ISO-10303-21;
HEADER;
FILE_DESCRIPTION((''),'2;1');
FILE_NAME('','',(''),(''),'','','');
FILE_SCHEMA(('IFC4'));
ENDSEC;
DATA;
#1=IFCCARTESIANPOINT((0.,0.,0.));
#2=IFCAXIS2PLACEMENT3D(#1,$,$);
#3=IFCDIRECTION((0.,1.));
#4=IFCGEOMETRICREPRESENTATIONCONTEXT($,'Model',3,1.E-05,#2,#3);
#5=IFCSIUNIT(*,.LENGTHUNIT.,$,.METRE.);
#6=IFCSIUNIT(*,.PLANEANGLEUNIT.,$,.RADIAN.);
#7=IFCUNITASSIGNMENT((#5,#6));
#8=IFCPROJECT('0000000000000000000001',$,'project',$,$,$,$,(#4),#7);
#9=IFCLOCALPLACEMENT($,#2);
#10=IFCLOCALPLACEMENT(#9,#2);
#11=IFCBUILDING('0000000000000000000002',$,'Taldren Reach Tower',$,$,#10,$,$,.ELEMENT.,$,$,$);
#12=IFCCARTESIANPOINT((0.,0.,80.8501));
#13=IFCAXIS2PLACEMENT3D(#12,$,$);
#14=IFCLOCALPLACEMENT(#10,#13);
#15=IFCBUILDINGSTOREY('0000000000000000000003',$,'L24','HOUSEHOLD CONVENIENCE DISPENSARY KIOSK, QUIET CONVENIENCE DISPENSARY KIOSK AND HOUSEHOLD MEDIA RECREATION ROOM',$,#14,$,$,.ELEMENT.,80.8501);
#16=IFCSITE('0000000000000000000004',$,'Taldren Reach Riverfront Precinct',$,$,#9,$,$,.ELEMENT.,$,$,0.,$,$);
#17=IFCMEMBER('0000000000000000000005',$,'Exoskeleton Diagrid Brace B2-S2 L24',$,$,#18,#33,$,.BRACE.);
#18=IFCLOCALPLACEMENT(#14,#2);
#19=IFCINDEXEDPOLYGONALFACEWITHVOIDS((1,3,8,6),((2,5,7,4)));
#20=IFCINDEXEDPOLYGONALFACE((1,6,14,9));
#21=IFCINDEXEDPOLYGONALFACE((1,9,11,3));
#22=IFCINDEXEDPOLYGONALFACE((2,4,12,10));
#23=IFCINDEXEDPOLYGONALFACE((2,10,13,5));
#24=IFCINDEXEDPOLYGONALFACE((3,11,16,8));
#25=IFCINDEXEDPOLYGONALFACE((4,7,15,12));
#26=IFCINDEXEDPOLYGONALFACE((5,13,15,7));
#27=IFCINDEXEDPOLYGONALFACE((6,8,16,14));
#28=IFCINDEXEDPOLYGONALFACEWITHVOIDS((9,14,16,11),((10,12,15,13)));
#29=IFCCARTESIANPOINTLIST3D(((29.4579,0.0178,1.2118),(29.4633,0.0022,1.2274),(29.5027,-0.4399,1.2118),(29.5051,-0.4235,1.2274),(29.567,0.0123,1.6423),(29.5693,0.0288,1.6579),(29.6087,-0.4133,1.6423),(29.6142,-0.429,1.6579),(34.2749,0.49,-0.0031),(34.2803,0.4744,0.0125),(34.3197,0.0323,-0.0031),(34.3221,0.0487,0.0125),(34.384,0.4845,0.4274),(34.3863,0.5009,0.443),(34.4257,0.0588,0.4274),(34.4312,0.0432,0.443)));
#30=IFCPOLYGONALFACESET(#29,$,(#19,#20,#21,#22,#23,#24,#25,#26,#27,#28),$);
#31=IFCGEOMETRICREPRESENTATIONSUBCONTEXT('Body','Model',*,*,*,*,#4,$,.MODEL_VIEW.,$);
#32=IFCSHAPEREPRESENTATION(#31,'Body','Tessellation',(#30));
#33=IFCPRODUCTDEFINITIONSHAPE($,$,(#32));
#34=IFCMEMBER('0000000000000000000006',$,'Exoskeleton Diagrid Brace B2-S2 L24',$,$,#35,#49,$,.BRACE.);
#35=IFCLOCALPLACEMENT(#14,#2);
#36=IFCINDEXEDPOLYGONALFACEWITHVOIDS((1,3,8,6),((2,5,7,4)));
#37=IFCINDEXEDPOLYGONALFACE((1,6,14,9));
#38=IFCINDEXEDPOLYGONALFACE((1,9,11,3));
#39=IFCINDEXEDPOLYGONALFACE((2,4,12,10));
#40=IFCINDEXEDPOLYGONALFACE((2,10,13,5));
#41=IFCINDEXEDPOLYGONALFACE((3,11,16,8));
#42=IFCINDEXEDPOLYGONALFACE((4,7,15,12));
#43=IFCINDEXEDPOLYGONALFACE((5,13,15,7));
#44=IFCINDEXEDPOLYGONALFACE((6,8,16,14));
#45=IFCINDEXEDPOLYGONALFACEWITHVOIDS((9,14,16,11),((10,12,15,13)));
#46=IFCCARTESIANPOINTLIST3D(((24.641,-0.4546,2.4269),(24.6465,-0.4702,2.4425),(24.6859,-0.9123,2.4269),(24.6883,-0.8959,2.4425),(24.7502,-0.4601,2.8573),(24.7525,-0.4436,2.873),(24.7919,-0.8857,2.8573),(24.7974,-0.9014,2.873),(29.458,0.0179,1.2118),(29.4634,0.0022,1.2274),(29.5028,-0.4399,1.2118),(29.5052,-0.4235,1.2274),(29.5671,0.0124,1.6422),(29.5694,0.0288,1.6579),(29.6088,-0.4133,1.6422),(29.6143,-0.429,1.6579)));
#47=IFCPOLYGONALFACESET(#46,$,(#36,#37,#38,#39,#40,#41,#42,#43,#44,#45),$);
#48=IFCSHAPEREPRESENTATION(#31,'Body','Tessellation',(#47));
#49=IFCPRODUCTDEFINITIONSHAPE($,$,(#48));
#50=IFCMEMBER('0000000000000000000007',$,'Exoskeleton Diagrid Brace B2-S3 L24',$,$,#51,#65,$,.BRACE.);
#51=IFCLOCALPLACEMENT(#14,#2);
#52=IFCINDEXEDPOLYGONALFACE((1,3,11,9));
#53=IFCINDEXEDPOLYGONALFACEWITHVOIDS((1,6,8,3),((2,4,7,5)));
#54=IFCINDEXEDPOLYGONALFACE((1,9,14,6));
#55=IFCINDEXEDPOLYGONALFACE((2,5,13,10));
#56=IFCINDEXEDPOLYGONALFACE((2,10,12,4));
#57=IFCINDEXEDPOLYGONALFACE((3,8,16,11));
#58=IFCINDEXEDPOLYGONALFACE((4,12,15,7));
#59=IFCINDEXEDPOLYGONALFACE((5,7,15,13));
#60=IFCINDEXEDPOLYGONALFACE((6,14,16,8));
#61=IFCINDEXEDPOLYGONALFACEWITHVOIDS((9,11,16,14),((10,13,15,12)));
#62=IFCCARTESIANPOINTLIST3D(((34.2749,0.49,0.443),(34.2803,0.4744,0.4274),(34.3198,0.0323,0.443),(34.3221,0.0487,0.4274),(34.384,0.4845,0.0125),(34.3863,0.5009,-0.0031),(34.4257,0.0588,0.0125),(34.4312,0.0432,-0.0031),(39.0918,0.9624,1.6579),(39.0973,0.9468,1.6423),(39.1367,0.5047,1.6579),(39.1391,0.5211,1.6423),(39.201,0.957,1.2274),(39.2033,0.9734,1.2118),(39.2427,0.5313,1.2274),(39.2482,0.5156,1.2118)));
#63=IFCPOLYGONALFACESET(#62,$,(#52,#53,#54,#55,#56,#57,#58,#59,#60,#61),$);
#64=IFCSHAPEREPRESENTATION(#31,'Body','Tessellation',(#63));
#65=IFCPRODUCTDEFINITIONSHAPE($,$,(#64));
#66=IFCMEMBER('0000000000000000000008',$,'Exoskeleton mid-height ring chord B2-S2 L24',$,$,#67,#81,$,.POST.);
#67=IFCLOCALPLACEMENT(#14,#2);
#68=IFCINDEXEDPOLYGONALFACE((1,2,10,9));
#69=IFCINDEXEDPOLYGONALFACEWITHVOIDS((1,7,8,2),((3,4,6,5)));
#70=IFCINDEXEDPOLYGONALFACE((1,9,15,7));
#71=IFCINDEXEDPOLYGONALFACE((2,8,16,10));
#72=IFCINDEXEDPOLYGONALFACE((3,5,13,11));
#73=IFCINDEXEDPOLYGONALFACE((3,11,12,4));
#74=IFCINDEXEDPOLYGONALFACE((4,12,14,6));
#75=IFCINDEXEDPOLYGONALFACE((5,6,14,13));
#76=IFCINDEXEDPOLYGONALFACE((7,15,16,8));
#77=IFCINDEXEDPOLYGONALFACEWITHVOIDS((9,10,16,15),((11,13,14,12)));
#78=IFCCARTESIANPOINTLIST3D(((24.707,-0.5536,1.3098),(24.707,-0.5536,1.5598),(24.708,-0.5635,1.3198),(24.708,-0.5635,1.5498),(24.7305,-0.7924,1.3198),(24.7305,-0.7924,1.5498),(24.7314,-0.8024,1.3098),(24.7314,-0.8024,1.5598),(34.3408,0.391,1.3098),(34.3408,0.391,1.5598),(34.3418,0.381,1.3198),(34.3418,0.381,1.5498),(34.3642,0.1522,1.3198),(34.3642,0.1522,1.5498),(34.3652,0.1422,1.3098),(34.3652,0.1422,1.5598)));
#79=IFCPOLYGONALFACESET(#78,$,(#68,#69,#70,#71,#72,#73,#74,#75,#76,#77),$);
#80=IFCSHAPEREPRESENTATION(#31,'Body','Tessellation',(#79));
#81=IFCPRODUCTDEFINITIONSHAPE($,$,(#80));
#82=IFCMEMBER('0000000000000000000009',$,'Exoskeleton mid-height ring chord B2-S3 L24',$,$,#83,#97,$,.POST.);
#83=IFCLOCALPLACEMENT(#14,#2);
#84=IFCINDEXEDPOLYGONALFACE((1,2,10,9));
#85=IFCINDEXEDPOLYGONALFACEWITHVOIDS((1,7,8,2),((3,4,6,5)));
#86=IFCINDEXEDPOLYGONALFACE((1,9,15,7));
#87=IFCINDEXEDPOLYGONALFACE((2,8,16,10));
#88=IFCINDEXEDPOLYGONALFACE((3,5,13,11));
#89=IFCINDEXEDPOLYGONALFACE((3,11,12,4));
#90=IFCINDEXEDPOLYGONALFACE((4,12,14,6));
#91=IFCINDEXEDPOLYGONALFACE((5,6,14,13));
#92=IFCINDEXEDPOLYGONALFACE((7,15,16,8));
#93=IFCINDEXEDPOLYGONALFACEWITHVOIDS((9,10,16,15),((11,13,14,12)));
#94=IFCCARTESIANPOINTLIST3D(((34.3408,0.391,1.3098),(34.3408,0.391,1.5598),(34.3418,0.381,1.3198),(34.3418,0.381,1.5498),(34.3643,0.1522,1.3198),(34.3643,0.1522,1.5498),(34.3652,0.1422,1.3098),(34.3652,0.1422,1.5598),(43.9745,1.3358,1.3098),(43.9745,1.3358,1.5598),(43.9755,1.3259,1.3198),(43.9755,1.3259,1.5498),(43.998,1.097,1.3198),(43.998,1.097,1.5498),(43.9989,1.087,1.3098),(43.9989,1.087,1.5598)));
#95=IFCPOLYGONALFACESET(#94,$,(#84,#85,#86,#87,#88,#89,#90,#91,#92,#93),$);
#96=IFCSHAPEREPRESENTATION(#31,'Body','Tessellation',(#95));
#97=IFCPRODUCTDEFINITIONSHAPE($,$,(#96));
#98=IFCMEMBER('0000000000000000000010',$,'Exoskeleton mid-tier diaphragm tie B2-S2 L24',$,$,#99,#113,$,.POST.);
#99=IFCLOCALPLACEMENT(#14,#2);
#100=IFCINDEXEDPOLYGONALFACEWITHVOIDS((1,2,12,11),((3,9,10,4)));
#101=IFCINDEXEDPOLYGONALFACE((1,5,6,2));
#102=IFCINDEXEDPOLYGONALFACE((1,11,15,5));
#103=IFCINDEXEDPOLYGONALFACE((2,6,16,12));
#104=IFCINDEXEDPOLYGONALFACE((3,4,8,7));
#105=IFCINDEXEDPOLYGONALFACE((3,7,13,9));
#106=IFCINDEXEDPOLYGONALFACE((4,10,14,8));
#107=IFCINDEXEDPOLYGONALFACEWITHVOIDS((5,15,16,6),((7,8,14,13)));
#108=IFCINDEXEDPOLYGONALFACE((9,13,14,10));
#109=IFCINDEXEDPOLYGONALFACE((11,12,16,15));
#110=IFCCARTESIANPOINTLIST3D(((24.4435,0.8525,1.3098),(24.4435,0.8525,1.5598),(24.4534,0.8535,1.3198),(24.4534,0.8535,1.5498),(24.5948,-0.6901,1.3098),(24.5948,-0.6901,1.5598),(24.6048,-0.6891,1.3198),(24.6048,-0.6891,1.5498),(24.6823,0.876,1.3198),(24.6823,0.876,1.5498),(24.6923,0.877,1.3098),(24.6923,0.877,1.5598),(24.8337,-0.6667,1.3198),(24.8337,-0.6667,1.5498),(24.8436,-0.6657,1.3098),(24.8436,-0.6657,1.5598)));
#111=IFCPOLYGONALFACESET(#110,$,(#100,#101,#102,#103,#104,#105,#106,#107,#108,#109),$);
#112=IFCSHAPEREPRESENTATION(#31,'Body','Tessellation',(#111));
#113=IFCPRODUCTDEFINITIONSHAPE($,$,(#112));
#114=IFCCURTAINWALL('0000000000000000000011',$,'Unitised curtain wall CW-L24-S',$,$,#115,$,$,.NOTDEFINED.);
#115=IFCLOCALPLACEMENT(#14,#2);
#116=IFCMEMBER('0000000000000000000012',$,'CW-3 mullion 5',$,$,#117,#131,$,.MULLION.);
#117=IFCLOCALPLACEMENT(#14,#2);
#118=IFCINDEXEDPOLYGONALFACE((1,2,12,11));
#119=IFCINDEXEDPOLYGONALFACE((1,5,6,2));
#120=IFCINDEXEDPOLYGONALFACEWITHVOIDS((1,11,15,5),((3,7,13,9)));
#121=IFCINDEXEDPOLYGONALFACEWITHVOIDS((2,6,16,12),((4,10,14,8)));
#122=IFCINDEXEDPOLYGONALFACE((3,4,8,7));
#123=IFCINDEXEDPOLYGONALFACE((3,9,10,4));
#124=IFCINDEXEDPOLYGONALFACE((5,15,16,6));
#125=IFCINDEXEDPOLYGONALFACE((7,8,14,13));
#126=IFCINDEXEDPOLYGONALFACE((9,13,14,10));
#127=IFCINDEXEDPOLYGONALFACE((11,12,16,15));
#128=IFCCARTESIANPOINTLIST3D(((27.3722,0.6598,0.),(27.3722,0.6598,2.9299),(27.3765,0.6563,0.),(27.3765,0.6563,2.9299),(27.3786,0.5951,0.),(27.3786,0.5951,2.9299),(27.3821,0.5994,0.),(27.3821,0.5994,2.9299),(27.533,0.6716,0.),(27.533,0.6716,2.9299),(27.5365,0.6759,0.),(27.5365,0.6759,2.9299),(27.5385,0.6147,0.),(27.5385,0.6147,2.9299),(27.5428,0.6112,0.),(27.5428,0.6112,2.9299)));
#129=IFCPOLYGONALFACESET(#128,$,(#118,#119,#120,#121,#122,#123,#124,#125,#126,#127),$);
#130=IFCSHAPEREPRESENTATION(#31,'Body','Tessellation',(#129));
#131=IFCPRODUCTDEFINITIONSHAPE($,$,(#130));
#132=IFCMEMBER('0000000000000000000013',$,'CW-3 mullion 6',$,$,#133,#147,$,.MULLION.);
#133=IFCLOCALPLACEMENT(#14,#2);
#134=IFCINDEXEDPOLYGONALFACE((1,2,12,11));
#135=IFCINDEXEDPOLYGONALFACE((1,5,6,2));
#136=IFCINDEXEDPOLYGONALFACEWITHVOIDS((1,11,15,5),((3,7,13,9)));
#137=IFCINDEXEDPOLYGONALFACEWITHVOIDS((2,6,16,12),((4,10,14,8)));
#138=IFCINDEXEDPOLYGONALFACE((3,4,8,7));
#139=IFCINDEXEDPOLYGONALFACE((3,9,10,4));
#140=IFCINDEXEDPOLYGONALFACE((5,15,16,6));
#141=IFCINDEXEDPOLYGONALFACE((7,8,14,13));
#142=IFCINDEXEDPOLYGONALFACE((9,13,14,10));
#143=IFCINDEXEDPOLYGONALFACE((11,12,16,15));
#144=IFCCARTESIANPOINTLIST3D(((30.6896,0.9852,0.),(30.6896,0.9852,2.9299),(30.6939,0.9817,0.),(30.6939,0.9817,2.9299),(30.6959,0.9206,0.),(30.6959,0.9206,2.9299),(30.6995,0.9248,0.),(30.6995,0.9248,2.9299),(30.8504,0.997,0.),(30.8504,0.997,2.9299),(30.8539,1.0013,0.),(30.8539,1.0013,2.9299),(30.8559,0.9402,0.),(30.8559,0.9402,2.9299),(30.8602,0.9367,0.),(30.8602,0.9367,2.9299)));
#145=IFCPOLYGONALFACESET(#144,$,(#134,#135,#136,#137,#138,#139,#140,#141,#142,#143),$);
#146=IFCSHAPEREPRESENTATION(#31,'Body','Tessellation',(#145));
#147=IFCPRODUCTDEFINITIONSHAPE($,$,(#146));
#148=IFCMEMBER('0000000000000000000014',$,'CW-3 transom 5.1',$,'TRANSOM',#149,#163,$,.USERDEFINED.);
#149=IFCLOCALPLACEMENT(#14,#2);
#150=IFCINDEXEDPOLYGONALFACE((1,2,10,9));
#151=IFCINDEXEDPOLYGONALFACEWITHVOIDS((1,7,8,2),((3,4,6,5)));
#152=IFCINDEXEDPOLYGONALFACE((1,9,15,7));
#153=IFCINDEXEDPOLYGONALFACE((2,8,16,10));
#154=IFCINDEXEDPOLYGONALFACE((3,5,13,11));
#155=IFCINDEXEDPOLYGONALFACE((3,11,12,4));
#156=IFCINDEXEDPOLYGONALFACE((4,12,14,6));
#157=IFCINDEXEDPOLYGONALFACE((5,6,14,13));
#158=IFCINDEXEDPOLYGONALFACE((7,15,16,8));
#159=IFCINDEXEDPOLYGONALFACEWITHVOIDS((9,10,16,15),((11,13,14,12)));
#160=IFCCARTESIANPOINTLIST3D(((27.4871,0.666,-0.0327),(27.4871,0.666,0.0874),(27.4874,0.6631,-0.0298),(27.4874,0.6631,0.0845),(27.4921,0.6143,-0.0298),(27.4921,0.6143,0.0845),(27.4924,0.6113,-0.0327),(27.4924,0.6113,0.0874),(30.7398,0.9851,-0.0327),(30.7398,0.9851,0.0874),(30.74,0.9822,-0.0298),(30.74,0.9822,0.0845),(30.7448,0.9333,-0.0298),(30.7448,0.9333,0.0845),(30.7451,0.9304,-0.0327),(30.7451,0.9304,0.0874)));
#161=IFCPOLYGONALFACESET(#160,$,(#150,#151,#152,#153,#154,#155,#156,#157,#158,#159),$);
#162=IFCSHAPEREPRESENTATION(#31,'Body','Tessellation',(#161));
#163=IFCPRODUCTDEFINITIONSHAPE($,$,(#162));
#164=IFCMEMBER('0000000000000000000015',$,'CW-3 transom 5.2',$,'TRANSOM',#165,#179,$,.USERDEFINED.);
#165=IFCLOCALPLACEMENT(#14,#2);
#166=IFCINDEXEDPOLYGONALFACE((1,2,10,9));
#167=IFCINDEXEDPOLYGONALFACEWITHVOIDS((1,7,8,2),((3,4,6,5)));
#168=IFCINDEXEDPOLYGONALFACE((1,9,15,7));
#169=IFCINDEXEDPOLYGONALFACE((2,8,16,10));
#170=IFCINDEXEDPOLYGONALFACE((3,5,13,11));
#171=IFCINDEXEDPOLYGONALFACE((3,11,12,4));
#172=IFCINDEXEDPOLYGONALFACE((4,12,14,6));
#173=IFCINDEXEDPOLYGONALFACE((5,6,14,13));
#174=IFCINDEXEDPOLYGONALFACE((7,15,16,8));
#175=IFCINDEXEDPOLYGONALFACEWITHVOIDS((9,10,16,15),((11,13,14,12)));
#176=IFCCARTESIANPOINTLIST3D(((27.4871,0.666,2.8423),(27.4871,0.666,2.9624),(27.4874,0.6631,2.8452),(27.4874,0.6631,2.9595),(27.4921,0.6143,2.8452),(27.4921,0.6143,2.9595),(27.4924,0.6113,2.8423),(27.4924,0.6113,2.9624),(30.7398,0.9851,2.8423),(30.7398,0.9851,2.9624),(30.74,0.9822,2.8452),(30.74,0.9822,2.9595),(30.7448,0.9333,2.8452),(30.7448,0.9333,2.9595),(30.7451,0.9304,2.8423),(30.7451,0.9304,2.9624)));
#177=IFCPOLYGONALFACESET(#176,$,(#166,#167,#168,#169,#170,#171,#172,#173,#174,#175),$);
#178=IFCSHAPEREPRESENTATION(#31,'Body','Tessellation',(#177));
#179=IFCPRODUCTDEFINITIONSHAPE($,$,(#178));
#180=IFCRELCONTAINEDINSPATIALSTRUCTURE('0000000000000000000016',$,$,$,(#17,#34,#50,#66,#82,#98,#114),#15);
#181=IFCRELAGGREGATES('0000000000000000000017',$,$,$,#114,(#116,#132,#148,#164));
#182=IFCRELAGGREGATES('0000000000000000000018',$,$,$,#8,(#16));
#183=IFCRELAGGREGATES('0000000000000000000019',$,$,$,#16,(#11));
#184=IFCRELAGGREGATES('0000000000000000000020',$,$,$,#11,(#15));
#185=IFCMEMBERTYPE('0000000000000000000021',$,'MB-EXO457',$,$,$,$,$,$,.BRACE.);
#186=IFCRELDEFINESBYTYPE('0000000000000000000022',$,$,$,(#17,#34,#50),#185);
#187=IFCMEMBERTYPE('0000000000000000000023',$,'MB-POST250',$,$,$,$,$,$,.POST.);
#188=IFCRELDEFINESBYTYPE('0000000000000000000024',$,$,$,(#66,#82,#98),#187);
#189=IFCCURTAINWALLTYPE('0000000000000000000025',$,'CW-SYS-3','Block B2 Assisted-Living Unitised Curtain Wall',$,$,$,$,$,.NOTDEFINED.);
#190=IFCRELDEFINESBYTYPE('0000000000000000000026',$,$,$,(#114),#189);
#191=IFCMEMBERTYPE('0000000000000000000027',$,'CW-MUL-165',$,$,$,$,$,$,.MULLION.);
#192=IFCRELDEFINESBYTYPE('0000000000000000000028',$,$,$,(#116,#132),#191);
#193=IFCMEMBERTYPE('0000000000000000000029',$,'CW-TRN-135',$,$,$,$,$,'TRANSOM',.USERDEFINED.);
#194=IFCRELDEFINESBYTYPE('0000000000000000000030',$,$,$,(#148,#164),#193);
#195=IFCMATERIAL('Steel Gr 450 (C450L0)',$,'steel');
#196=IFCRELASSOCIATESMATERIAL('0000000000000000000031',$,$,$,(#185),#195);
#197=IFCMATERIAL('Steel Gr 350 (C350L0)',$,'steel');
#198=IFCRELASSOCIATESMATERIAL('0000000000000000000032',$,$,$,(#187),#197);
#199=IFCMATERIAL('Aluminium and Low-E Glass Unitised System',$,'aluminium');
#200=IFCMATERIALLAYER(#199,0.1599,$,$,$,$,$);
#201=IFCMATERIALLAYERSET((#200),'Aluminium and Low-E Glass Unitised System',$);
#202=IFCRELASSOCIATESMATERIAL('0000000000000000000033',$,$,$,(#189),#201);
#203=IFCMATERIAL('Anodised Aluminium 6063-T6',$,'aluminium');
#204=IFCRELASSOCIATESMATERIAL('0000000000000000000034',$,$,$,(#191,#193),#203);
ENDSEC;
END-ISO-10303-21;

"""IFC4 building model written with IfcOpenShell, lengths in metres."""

from ifc_helpers import new_model, si_unit, direction, frame, origin, origin_2d, place, context, subcontext, project, spatial, hollow_rectangle, extrude, source, transform, mapped, material, layer, layer_set, material_profile, profile_set, type_object, element, aggregate, save


model = new_model("IFC4")

# Units and contexts
model_context = context("Model", 3, precision=1e-05, world=origin(), true_north=direction((0.0, 1.0)))
body_context = subcontext(model_context, "Body", "Model", "MODEL_VIEW")
ifc_project = project(units=[si_unit("LENGTHUNIT", "METRE"), si_unit("PLANEANGLEUNIT", "RADIAN")], contexts=[model_context])

# Site, building, storey
site_placement = place(None, origin())
site = spatial("IfcSite", under=ifc_project, at=site_placement, Name="Taldren Reach Riverfront Precinct", CompositionType="ELEMENT", RefElevation=0.0)
building_placement = place(site_placement, origin())
building = spatial("IfcBuilding", under=site, at=building_placement, Name="Taldren Reach Tower", CompositionType="ELEMENT")
storey_placement = place(building_placement, frame((0.0, 0.0, 80.8501)))
storey = spatial("IfcBuildingStorey", under=building, at=storey_placement, Name="L24", Description="HOUSEHOLD CONVENIENCE DISPENSARY KIOSK, QUIET CONVENIENCE DISPENSARY KIOSK AND HOUSEHOLD MEDIA RECREATION ROOM", CompositionType="ELEMENT", Elevation=80.8501)

# Members
ifc_material_1 = material(Name="Steel Gr 450 (C450L0)", Category="steel")
ifc_material_profile_1 = material_profile(ifc_material_1, hollow_rectangle(XDim=0.46, YDim=0.46, WallThickness=0.0161, at=origin_2d()), Name="460x460x16.0SHS")
ifc_profile_set_1 = profile_set([ifc_material_profile_1], Name="Steel Gr 450 (C450L0)")
member_type_1 = type_object("IfcMemberType", Name="MB-EXO457", PredefinedType="BRACE", material=ifc_profile_set_1)
shared_shape_1 = source(origin(), body_context, "Body", "SweptSolid", [
    extrude(hollow_rectangle(XDim=0.46, YDim=0.46, WallThickness=0.0161, at=origin_2d()), origin(), (0.0, 0.0, 1.0), 4.9902),
])
for number, where, z_axis, x_axis, name in (
    (1, (34.353, 0.2666, 0.22), (-0.965287, -0.094621, 0.24345), (0.097556, -0.99523, 0.0), "Exoskeleton Diagrid Brace B2-S2 L24"),
    (2, (29.5361, -0.2056, 1.4348), (-0.965271, -0.094668, 0.243495), (0.097606, -0.995225, 0.0), "Exoskeleton Diagrid Brace B2-S2 L24"),
    (3, (34.353, 0.2666, 0.22), (0.965283, 0.094669, 0.243449), (-0.097606, 0.995225, 0.0), "Exoskeleton Diagrid Brace B2-S3 L24"),
):
    element("IfcMember", number, at=place(storey_placement, frame(where, z_axis=z_axis, x_axis=x_axis)), inside=storey, type_object=member_type_1, Name=name, PredefinedType="BRACE", context=body_context, shape_type="MappedRepresentation", body=[
        mapped(shared_shape_1, transform((0.0, 0.0, 0.0), scale=1.0)),
    ])
ifc_material_2 = material(Name="Steel Gr 350 (C350L0)", Category="steel")
ifc_material_profile_2 = material_profile(ifc_material_2, hollow_rectangle(XDim=0.25, YDim=0.25, WallThickness=0.01, at=origin_2d()), Name="250x250x10.0SHS")
ifc_profile_set_2 = profile_set([ifc_material_profile_2], Name="Steel Gr 350 (C350L0)")
member_type_2 = type_object("IfcMemberType", Name="MB-POST250", PredefinedType="POST", material=ifc_profile_set_2)
shared_shape_2 = source(origin(), body_context, "Body", "SweptSolid", [
    extrude(hollow_rectangle(XDim=0.25, YDim=0.25, WallThickness=0.01, at=origin_2d()), origin(), (0.0, 0.0, 1.0), 9.6799),
])
for number, where, z_axis, x_axis, name in (
    (4, (24.7192, -0.678, 1.4348), (0.995228, 0.097581, 0.0), (-0.097581, 0.995228, 0.0), "Exoskeleton mid-height ring chord B2-S2 L24"),
    (5, (34.353, 0.2666, 1.4348), (0.995225, 0.097606, 0.0), (-0.097606, 0.995225, 0.0), "Exoskeleton mid-height ring chord B2-S3 L24"),
):
    element("IfcMember", number, at=place(storey_placement, frame(where, z_axis=z_axis, x_axis=x_axis)), inside=storey, type_object=member_type_2, Name=name, PredefinedType="POST", context=body_context, shape_type="MappedRepresentation", body=[
        mapped(shared_shape_2, transform((0.0, 0.0, 0.0), scale=1.0)),
    ])
shared_shape_3 = source(origin(), body_context, "Body", "SweptSolid", [
    extrude(hollow_rectangle(XDim=0.25, YDim=0.25, WallThickness=0.01, at=origin_2d()), origin(), (0.0, 0.0, 1.0), 1.55),
])
member_1_placement = place(storey_placement, frame((24.5679, 0.8647, 1.4348), z_axis=(0.097648, -0.995221, 0.0), x_axis=(0.995221, 0.097648, 0.0)))
element("IfcMember", 6, at=member_1_placement, inside=storey, type_object=member_type_2, Name="Exoskeleton mid-tier diaphragm tie B2-S2 L24", PredefinedType="POST", context=body_context, shape_type="MappedRepresentation", body=[
    mapped(shared_shape_3, transform((0.0, 0.0, 0.0), scale=1.0)),
])

# Curtain wall, members
ifc_material_3 = material(Name="Aluminium and Low-E Glass Unitised System", Category="aluminium")
ifc_layer_1 = layer(ifc_material_3, 0.1599)
ifc_layer_set_1 = layer_set([ifc_layer_1], Name="Aluminium and Low-E Glass Unitised System")
curtain_wall_type = type_object("IfcCurtainWallType", Name="CW-SYS-3", Description="Block B2 Assisted-Living Unitised Curtain Wall", PredefinedType="NOTDEFINED", material=ifc_layer_set_1)
curtain_wall_placement = place(storey_placement, origin())
curtain_wall = element("IfcCurtainWall", 7, at=curtain_wall_placement, inside=storey, type_object=curtain_wall_type, Name="Unitised curtain wall CW-L24-S", PredefinedType="NOTDEFINED")
ifc_material_4 = material(Name="Anodised Aluminium 6063-T6", Category="aluminium")
ifc_material_profile_3 = material_profile(ifc_material_4, hollow_rectangle(XDim=0.0649, YDim=0.165, WallThickness=0.0039, at=origin_2d()), Name="ALU-165x65x4RHS")
ifc_profile_set_3 = profile_set([ifc_material_profile_3], Name="Anodised Aluminium 6063-T6")
member_type_3 = type_object("IfcMemberType", Name="CW-MUL-165", PredefinedType="MULLION", material=ifc_profile_set_3)
shared_shape_4 = source(origin(), body_context, "Body", "SweptSolid", [
    extrude(hollow_rectangle(XDim=0.0649, YDim=0.165, WallThickness=0.0039, at=origin_2d()), origin(), (0.0, 0.0, 1.0), 2.9299),
])
member_2_placement = place(storey_placement, frame((27.4575, 0.6355, 0.0), z_axis=(0.0, 0.0, 1.0), x_axis=(-0.097583, 0.995227, 0.0)))
member_2 = element("IfcMember", 8, at=member_2_placement, type_object=member_type_3, Name="CW-3 mullion 5", PredefinedType="MULLION", context=body_context, shape_type="MappedRepresentation", body=[
    mapped(shared_shape_4, transform((0.0, 0.0, 0.0), scale=1.0)),
])
member_3_placement = place(storey_placement, frame((30.7749, 0.9609, 0.0), z_axis=(0.0, 0.0, 1.0), x_axis=(-0.097583, 0.995227, 0.0)))
member_3 = element("IfcMember", 9, at=member_3_placement, type_object=member_type_3, Name="CW-3 mullion 6", PredefinedType="MULLION", context=body_context, shape_type="MappedRepresentation", body=[
    mapped(shared_shape_4, transform((0.0, 0.0, 0.0), scale=1.0)),
])
ifc_material_profile_4 = material_profile(ifc_material_4, hollow_rectangle(XDim=0.0549, YDim=0.1201, WallThickness=0.0029, at=origin_2d()), Name="ALU-120x55x3RHS")
ifc_profile_set_4 = profile_set([ifc_material_profile_4], Name="Anodised Aluminium 6063-T6")
member_type_4 = type_object("IfcMemberType", Name="CW-TRN-135", ElementType="TRANSOM", PredefinedType="USERDEFINED", material=ifc_profile_set_4)
shared_shape_5 = source(origin(), body_context, "Body", "SweptSolid", [
    extrude(hollow_rectangle(XDim=0.0549, YDim=0.1201, WallThickness=0.0029, at=origin_2d()), origin(), (0.0, 0.0, 1.0), 3.2683),
])
member_4_placement = place(storey_placement, frame((27.4897, 0.6387, 0.0273), z_axis=(0.995223, 0.097632, 0.0), x_axis=(-0.097632, 0.995223, 0.0)))
member_4 = element("IfcMember", 10, at=member_4_placement, type_object=member_type_4, Name="CW-3 transom 5.1", ObjectType="TRANSOM", PredefinedType="USERDEFINED", context=body_context, shape_type="MappedRepresentation", body=[
    mapped(shared_shape_5, transform((0.0, 0.0, 0.0), scale=1.0)),
])
member_5_placement = place(storey_placement, frame((27.4897, 0.6387, 2.9023), z_axis=(0.995223, 0.097632, 0.0), x_axis=(-0.097632, 0.995223, 0.0)))
member_5 = element("IfcMember", 11, at=member_5_placement, type_object=member_type_4, Name="CW-3 transom 5.2", ObjectType="TRANSOM", PredefinedType="USERDEFINED", context=body_context, shape_type="MappedRepresentation", body=[
    mapped(shared_shape_5, transform((0.0, 0.0, 0.0), scale=1.0)),
])

aggregate(curtain_wall, [member_2, member_3, member_4, member_5])

save(model, "model.ifc")
